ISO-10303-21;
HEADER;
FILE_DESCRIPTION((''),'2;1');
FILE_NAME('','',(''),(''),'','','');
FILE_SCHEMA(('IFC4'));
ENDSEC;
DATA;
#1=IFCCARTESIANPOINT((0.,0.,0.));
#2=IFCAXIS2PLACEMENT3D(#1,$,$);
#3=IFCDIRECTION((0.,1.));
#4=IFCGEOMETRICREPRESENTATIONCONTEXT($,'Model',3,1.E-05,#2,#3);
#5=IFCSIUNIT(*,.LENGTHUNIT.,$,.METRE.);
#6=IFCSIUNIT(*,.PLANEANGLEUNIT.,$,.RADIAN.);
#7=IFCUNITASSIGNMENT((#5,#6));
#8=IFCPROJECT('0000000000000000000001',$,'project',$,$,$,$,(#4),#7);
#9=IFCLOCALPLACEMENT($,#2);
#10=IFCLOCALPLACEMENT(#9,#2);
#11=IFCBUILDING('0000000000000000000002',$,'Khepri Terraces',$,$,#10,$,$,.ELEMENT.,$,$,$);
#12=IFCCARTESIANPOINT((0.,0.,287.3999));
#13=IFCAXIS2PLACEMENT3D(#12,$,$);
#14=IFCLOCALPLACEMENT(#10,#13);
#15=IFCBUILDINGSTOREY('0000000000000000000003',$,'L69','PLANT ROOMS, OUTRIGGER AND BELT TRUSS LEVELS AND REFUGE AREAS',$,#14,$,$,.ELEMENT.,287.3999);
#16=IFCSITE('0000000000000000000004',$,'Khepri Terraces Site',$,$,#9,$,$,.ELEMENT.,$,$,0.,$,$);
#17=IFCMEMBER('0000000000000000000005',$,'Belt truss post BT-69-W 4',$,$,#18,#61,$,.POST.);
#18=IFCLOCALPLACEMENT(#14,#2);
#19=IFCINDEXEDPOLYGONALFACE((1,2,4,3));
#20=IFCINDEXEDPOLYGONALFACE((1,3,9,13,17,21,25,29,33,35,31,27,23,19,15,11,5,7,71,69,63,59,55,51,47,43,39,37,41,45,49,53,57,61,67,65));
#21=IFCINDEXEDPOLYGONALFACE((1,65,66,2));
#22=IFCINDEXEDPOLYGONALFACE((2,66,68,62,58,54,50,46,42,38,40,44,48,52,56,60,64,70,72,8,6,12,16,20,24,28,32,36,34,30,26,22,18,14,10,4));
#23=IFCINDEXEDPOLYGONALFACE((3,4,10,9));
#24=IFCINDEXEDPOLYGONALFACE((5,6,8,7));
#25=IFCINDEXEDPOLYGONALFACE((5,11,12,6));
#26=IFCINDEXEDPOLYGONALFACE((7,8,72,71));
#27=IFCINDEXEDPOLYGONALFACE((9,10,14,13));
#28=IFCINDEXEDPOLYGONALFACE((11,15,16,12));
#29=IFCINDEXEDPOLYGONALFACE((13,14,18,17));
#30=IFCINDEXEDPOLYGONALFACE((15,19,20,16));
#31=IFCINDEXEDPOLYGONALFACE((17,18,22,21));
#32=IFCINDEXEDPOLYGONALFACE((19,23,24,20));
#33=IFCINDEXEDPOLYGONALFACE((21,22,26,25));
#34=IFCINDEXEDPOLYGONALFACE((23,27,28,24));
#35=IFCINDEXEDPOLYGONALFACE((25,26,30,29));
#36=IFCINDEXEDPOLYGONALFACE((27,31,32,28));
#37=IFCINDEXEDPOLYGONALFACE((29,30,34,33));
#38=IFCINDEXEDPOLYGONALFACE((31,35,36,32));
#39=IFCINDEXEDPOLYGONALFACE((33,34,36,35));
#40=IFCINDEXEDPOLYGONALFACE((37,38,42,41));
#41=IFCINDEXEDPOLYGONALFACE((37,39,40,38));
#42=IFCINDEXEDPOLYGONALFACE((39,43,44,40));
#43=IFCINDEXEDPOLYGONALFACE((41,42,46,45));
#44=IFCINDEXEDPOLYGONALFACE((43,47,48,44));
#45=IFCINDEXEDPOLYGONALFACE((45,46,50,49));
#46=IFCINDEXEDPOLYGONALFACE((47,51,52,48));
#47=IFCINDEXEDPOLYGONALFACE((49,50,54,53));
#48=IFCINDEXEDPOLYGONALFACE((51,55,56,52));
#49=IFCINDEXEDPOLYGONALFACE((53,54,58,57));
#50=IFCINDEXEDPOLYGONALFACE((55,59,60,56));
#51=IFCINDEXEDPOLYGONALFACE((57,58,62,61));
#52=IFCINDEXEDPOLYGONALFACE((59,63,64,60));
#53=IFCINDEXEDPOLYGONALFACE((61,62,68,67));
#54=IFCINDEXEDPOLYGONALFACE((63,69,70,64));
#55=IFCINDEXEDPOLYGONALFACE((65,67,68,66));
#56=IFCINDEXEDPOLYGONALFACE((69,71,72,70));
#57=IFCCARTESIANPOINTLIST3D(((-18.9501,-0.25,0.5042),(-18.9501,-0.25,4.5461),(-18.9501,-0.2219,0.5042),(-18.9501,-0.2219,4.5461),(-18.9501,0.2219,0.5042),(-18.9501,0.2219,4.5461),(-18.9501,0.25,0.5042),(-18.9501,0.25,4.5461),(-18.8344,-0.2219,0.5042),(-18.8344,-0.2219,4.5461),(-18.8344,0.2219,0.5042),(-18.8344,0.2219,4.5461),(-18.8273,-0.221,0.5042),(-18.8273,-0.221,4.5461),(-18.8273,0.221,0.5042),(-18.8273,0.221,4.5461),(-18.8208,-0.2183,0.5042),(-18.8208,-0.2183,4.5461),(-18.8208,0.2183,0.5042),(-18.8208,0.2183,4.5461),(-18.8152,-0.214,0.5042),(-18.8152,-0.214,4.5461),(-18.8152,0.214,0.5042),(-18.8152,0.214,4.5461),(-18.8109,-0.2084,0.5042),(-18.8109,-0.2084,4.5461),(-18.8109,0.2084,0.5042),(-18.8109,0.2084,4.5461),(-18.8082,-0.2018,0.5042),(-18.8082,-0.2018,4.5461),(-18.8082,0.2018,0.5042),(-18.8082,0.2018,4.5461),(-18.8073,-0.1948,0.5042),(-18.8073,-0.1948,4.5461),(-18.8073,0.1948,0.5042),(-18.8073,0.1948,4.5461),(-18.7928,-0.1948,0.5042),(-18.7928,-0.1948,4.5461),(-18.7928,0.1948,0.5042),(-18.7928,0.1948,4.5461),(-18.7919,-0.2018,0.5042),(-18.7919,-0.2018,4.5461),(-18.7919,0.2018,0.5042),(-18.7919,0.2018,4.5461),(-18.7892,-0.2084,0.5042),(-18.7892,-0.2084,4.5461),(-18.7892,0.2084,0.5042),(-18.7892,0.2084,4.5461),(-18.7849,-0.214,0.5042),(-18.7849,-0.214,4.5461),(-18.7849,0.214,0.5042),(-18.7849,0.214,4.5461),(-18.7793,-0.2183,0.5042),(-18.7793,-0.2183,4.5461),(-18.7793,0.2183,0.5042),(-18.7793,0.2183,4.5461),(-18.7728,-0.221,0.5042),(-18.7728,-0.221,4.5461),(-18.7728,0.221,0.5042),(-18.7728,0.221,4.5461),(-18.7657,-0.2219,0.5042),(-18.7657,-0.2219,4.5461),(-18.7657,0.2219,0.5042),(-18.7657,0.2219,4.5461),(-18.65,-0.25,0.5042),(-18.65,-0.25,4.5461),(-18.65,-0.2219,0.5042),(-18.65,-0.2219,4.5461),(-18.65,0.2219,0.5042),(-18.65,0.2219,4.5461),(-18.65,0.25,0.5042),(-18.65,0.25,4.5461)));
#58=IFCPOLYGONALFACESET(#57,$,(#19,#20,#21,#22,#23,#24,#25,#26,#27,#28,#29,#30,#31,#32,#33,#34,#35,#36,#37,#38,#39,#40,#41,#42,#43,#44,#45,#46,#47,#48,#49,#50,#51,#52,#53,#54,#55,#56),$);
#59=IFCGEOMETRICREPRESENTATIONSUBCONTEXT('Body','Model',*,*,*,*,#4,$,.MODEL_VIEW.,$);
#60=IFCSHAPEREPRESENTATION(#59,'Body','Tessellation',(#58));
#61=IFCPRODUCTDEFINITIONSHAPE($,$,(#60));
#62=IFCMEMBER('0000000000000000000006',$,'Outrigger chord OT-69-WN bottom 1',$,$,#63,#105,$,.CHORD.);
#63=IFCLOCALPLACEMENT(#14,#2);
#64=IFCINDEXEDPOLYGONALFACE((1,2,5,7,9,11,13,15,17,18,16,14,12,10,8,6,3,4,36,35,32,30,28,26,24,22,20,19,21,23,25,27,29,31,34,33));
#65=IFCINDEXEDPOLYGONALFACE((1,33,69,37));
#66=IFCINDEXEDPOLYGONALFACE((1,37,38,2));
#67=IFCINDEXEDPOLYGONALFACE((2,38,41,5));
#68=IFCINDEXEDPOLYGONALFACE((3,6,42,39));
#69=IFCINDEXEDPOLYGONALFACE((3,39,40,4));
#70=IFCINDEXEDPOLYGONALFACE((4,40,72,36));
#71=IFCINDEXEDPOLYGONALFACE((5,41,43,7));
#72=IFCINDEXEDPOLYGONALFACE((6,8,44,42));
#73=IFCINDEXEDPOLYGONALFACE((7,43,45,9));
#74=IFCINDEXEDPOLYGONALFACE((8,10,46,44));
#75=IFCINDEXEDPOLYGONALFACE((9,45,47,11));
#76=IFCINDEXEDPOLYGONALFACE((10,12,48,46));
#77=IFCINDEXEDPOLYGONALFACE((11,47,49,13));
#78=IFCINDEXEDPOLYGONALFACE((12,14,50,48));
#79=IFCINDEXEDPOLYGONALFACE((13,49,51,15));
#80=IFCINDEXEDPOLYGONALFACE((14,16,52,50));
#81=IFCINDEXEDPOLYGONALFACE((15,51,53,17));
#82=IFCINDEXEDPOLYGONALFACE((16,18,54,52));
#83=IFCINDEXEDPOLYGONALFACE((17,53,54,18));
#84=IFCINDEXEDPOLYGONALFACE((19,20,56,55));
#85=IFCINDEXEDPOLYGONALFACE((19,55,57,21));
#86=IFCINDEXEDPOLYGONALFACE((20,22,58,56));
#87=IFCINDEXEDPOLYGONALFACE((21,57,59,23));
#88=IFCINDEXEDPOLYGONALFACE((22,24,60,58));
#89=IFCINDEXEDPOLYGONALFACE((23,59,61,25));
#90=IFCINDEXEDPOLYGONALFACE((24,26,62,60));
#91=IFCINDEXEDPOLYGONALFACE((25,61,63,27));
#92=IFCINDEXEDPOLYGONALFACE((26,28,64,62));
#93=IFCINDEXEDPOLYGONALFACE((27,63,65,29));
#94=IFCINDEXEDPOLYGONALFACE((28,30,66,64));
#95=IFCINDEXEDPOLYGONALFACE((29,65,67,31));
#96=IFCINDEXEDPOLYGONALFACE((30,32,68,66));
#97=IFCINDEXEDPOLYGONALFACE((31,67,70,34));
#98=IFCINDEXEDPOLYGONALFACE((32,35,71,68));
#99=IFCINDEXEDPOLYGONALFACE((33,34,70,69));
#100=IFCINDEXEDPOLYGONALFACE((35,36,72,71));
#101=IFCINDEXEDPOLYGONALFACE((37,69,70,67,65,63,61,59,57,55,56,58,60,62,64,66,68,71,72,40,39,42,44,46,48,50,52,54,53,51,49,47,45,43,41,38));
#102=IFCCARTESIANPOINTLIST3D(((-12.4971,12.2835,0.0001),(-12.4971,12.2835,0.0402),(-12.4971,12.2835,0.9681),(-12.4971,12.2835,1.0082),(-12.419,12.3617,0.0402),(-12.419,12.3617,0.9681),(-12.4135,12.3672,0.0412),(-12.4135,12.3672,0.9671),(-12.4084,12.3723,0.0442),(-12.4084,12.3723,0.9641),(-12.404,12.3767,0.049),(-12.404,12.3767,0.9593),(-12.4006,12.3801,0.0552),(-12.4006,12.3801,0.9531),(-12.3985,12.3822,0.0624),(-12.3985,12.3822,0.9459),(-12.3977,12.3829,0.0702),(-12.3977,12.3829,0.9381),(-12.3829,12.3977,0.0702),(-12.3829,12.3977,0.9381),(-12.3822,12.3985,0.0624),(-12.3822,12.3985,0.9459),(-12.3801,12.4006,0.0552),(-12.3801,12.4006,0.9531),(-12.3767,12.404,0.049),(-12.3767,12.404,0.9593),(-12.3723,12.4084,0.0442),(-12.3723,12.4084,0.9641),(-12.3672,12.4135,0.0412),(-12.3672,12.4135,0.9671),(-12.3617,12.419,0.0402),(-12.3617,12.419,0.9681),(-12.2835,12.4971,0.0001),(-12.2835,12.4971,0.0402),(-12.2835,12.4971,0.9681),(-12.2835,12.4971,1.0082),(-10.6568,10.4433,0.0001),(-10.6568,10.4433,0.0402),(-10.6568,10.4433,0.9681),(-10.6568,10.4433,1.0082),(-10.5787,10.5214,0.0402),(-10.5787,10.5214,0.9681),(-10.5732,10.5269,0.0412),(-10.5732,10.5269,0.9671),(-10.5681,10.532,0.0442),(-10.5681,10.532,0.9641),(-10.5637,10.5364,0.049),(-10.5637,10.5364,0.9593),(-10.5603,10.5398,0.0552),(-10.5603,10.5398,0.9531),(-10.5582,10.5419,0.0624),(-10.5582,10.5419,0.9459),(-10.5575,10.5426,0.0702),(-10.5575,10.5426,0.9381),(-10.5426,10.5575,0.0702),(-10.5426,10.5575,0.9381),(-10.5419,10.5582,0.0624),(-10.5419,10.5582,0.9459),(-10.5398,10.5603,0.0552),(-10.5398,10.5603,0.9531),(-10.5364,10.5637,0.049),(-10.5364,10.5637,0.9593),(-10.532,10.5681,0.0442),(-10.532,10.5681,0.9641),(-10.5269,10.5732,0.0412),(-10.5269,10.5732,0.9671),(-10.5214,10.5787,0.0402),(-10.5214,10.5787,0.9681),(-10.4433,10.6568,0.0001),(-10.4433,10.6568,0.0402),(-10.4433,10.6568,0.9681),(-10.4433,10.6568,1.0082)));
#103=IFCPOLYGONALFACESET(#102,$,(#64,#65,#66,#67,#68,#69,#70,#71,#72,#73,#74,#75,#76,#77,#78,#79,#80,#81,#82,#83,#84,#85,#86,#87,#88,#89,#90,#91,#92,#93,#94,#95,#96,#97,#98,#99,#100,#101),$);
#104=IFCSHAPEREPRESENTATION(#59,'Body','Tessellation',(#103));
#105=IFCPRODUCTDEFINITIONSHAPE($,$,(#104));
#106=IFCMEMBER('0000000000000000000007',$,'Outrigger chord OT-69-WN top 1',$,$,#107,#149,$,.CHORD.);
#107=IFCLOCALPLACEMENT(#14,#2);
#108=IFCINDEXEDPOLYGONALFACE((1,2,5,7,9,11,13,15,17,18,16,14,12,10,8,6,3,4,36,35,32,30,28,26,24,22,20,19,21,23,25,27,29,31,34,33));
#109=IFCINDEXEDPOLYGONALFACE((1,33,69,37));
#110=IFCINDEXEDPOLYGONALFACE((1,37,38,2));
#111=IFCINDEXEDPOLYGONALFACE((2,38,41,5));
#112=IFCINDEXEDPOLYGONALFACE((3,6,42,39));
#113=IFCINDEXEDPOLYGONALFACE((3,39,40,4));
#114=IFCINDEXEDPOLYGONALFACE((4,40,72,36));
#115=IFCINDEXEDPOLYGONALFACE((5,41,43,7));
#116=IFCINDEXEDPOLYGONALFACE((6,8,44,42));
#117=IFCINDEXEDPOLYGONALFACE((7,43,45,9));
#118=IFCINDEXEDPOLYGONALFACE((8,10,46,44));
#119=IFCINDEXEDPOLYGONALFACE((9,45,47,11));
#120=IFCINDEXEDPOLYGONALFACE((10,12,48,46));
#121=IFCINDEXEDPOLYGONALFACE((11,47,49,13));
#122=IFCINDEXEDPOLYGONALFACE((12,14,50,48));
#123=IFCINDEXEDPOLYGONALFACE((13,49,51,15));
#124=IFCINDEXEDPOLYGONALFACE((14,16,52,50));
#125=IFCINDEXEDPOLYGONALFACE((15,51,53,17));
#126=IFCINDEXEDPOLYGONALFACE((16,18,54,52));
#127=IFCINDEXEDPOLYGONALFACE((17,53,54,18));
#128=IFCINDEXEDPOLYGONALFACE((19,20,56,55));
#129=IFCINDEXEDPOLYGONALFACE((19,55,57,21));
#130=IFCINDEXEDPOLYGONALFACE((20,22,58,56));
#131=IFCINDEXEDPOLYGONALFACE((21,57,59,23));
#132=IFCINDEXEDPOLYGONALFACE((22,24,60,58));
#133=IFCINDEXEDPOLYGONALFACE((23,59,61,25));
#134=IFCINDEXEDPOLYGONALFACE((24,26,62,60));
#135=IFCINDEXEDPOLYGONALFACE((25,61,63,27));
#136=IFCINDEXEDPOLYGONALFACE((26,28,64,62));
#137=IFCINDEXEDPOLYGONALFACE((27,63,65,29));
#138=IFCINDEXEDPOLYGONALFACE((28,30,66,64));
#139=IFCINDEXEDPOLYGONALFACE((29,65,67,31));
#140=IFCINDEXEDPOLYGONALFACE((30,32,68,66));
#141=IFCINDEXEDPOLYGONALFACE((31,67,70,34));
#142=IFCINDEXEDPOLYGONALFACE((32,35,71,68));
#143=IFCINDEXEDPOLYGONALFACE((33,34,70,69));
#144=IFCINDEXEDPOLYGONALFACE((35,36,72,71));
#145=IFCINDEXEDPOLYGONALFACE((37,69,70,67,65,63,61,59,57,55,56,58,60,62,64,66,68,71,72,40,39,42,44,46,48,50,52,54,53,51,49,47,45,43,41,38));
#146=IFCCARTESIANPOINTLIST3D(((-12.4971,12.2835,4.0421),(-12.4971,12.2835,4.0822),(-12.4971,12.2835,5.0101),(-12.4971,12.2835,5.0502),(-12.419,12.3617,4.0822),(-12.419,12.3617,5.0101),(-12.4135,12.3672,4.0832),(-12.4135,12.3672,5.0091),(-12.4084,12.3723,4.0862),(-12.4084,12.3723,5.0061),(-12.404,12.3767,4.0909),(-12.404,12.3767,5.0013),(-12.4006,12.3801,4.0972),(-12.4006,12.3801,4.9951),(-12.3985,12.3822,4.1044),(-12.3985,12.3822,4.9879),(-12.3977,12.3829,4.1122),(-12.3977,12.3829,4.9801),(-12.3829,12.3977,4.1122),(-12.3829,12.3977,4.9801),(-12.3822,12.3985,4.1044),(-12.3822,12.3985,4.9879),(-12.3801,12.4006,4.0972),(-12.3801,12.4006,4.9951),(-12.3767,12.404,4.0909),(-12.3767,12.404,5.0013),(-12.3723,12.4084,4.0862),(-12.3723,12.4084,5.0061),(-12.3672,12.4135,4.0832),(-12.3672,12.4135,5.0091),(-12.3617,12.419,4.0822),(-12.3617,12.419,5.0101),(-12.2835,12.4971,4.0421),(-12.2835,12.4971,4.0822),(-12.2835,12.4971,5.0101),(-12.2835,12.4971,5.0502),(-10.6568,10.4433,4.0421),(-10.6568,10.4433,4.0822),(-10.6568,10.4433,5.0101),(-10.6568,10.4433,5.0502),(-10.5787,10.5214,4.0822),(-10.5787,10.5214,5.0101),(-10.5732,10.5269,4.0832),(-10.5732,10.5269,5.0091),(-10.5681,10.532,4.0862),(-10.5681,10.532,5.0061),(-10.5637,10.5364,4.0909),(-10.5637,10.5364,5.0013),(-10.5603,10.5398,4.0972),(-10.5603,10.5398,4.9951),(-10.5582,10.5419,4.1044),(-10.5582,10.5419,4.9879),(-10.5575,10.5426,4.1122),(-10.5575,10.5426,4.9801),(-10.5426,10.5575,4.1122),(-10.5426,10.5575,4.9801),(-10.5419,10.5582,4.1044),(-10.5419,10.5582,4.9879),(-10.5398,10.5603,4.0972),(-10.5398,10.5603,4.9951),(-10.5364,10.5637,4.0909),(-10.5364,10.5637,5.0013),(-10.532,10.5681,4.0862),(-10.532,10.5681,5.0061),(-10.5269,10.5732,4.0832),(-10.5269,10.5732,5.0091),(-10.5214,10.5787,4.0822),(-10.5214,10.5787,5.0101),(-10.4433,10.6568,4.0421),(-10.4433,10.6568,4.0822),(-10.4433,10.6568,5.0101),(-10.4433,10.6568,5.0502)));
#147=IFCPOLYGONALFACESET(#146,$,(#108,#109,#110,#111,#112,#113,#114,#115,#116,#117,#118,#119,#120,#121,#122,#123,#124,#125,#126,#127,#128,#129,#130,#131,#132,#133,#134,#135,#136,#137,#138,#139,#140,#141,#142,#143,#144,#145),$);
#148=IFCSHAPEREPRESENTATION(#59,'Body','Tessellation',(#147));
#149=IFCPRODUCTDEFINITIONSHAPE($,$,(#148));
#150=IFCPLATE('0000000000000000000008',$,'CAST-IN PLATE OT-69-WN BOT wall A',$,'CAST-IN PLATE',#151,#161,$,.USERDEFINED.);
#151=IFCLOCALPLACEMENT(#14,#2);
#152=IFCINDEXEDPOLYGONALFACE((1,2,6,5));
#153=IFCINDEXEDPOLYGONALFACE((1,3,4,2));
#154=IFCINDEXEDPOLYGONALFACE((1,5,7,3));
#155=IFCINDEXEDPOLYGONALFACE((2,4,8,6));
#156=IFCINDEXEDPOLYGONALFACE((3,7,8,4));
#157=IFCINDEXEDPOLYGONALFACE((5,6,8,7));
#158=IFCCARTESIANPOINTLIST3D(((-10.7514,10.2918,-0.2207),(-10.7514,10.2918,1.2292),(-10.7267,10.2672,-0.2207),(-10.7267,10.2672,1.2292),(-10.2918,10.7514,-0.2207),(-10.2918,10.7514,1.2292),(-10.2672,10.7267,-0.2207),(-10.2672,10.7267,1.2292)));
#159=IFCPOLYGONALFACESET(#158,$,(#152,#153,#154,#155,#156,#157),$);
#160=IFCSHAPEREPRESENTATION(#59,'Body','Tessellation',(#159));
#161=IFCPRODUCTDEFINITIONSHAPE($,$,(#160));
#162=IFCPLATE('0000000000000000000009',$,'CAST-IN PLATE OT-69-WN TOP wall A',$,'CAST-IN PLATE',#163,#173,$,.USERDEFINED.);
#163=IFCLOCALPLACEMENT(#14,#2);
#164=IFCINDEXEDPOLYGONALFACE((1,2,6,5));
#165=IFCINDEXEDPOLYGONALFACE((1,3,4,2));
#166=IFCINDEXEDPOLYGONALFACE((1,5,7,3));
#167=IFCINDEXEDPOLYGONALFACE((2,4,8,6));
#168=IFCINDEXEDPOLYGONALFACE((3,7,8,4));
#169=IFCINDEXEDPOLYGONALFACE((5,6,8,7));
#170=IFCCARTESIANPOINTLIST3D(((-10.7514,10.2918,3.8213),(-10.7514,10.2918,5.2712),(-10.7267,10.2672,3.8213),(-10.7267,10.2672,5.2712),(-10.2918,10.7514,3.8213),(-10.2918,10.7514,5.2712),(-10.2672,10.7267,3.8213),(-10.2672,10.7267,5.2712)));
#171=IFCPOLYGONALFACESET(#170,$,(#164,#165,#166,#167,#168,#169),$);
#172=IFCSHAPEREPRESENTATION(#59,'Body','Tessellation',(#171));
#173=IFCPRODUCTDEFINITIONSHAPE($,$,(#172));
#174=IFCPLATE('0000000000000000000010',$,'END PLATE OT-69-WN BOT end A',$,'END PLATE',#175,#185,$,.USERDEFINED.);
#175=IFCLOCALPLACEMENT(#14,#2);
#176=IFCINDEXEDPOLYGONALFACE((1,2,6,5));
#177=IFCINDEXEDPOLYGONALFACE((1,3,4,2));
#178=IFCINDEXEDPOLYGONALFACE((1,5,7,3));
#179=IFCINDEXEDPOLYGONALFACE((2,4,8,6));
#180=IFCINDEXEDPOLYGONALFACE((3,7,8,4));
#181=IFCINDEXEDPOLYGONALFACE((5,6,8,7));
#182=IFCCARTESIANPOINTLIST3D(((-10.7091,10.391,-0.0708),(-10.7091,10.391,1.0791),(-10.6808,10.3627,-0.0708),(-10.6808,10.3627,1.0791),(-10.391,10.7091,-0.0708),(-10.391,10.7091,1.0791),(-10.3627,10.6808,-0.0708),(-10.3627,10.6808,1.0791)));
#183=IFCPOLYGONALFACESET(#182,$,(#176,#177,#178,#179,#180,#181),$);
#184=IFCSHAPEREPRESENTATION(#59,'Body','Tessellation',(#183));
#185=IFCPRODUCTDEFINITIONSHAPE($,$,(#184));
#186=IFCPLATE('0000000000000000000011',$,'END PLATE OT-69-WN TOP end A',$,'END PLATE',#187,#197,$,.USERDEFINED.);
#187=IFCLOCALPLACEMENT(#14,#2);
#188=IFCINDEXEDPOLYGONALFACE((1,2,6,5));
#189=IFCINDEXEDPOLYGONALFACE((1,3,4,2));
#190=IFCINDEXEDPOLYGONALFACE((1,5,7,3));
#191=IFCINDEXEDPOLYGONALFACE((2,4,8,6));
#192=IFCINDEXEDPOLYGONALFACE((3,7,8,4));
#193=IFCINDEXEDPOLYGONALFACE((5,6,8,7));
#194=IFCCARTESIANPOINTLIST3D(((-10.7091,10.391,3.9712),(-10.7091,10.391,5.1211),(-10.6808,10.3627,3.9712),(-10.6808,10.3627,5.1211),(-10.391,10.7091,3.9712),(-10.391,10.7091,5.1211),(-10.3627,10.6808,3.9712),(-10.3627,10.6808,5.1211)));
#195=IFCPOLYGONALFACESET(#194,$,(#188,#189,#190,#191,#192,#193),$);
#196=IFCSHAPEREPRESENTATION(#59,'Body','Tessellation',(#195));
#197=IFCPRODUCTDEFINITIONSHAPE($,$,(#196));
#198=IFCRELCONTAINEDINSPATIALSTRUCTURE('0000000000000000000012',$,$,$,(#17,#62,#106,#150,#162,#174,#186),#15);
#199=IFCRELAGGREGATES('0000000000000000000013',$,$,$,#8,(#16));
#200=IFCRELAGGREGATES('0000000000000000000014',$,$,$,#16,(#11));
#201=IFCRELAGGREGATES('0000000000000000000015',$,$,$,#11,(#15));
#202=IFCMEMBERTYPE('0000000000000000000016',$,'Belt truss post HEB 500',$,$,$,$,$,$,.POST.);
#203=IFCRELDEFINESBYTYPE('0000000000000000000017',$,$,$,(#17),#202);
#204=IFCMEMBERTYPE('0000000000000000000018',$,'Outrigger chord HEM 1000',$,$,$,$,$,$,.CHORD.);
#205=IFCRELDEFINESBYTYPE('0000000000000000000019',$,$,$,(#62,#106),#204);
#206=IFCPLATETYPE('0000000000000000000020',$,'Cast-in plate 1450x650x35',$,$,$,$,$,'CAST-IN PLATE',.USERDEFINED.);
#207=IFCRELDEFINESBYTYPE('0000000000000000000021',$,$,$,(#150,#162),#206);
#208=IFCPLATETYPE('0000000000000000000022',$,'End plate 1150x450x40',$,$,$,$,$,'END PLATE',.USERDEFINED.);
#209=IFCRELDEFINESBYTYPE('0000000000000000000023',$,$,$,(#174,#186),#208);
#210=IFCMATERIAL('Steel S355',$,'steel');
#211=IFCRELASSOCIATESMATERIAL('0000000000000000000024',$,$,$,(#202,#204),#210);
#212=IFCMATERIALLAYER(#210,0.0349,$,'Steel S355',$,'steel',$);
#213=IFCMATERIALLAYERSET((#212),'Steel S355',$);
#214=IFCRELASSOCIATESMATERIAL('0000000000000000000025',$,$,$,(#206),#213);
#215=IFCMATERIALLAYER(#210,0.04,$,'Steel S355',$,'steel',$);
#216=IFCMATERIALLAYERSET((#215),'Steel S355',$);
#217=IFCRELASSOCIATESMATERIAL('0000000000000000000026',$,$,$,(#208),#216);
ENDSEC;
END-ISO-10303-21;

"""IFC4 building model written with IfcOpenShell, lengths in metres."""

from ifc_helpers import new_model, si_unit, direction, frame, origin, origin_2d, place, context, subcontext, project, spatial, rectangle, i_section, extrude, material, layer, layer_set, material_profile, profile_set, type_object, element, save


model = new_model("IFC4")

# Units and contexts
model_context = context("Model", 3, precision=1e-05, world=origin(), true_north=direction((0.0, 1.0)))
body_context = subcontext(model_context, "Body", "Model", "MODEL_VIEW")
ifc_project = project(units=[si_unit("LENGTHUNIT", "METRE"), si_unit("PLANEANGLEUNIT", "RADIAN")], contexts=[model_context])

# Site, building, storey
site_placement = place(None, origin())
site = spatial("IfcSite", under=ifc_project, at=site_placement, Name="Khepri Terraces Site", CompositionType="ELEMENT", RefElevation=0.0)
building_placement = place(site_placement, origin())
building = spatial("IfcBuilding", under=site, at=building_placement, Name="Khepri Terraces", CompositionType="ELEMENT")
storey_placement = place(building_placement, frame((0.0, 0.0, 287.3999)))
storey = spatial("IfcBuildingStorey", under=building, at=storey_placement, Name="L69", Description="PLANT ROOMS, OUTRIGGER AND BELT TRUSS LEVELS AND REFUGE AREAS", CompositionType="ELEMENT", Elevation=287.3999)

# Members
ifc_material_1 = material(Name="Steel S355", Category="steel")
ifc_material_profile_1 = material_profile(ifc_material_1, i_section(OverallWidth=0.3, OverallDepth=0.5, WebThickness=0.0144, FlangeThickness=0.0281, FilletRadius=0.0271, at=origin_2d()), Name="Steel S355", Category="steel")
ifc_profile_set_1 = profile_set([ifc_material_profile_1], Name="Steel S355")
member_type_1 = type_object("IfcMemberType", Name="Belt truss post HEB 500", PredefinedType="POST", material=ifc_profile_set_1)
for number, where, z_axis, x_axis, name in (
    (1, (-18.8, 0.0, 0.5042), (0.0, 0.0, 1.0), (1.0, 0.0, 0.0), "Belt truss post BT-69-W 4"),
):
    element("IfcMember", number, at=place(storey_placement, frame(where, z_axis=z_axis, x_axis=x_axis)), inside=storey, type_object=member_type_1, Name=name, PredefinedType="POST", context=body_context, shape_type="SweptSolid", body=[
        extrude(i_section(OverallWidth=0.3, OverallDepth=0.5, WebThickness=0.0144, FlangeThickness=0.0281, FilletRadius=0.0271, at=origin_2d()), origin(), (0.0, 0.0, 1.0), 4.042),
    ])
ifc_material_profile_2 = material_profile(ifc_material_1, i_section(OverallWidth=0.302, OverallDepth=1.0081, WebThickness=0.021, FlangeThickness=0.04, FilletRadius=0.03, at=origin_2d()), Name="Steel S355", Category="steel")
ifc_profile_set_2 = profile_set([ifc_material_profile_2], Name="Steel S355")
member_type_2 = type_object("IfcMemberType", Name="Outrigger chord HEM 1000", PredefinedType="CHORD", material=ifc_profile_set_2)
for number, where, z_axis, x_axis, name in (
    (2, (-10.55, 10.55, 0.5042), (-0.707107, 0.707107, 0.0), (-0.707107, -0.707107, 0.0), "Outrigger chord OT-69-WN bottom 1"),
    (3, (-10.55, 10.55, 4.5461), (-0.707107, 0.707107, 0.0), (-0.707107, -0.707107, 0.0), "Outrigger chord OT-69-WN top 1"),
):
    element("IfcMember", number, at=place(storey_placement, frame(where, z_axis=z_axis, x_axis=x_axis)), inside=storey, type_object=member_type_2, Name=name, PredefinedType="CHORD", context=body_context, shape_type="SweptSolid", body=[
        extrude(i_section(OverallWidth=0.302, OverallDepth=1.0081, WebThickness=0.021, FlangeThickness=0.04, FilletRadius=0.03, at=origin_2d()), origin(), (0.0, 0.0, 1.0), 2.6025),
    ])

# Plates
ifc_layer_1 = layer(ifc_material_1, 0.0349, Name="Steel S355", Category="steel")
ifc_layer_set_1 = layer_set([ifc_layer_1], Name="Steel S355")
plate_type_1 = type_object("IfcPlateType", Name="Cast-in plate 1450x650x35", ElementType="CAST-IN PLATE", PredefinedType="USERDEFINED", material=ifc_layer_set_1)
for number, where, z_axis, x_axis, name in (
    (4, (-10.5093, 10.5093, -0.2207), (0.0, 0.0, 1.0), (-0.707107, 0.707107, 0.0), "CAST-IN PLATE OT-69-WN BOT wall A"),
    (5, (-10.5093, 10.5093, 3.8213), (0.0, 0.0, 1.0), (-0.707107, 0.707107, 0.0), "CAST-IN PLATE OT-69-WN TOP wall A"),
):
    element("IfcPlate", number, at=place(storey_placement, frame(where, z_axis=z_axis, x_axis=x_axis)), inside=storey, type_object=plate_type_1, Name=name, ObjectType="CAST-IN PLATE", PredefinedType="USERDEFINED", context=body_context, shape_type="SweptSolid", body=[
        extrude(rectangle(XDim=0.0349, YDim=0.6499, at=origin_2d()), origin(), (0.0, 0.0, 1.0), 1.45),
    ])
ifc_layer_2 = layer(ifc_material_1, 0.04, Name="Steel S355", Category="steel")
ifc_layer_set_2 = layer_set([ifc_layer_2], Name="Steel S355")
plate_type_2 = type_object("IfcPlateType", Name="End plate 1150x450x40", ElementType="END PLATE", PredefinedType="USERDEFINED", material=ifc_layer_set_2)
for number, where, z_axis, x_axis, name in (
    (6, (-10.5359, 10.5359, -0.0708), (0.0, 0.0, 1.0), (-0.707107, 0.707107, 0.0), "END PLATE OT-69-WN BOT end A"),
    (7, (-10.5359, 10.5359, 3.9712), (0.0, 0.0, 1.0), (-0.707107, 0.707107, 0.0), "END PLATE OT-69-WN TOP end A"),
):
    element("IfcPlate", number, at=place(storey_placement, frame(where, z_axis=z_axis, x_axis=x_axis)), inside=storey, type_object=plate_type_2, Name=name, ObjectType="END PLATE", PredefinedType="USERDEFINED", context=body_context, shape_type="SweptSolid", body=[
        extrude(rectangle(XDim=0.04, YDim=0.45, at=origin_2d()), origin(), (0.0, 0.0, 1.0), 1.1499),
    ])

save(model, "model.ifc")
